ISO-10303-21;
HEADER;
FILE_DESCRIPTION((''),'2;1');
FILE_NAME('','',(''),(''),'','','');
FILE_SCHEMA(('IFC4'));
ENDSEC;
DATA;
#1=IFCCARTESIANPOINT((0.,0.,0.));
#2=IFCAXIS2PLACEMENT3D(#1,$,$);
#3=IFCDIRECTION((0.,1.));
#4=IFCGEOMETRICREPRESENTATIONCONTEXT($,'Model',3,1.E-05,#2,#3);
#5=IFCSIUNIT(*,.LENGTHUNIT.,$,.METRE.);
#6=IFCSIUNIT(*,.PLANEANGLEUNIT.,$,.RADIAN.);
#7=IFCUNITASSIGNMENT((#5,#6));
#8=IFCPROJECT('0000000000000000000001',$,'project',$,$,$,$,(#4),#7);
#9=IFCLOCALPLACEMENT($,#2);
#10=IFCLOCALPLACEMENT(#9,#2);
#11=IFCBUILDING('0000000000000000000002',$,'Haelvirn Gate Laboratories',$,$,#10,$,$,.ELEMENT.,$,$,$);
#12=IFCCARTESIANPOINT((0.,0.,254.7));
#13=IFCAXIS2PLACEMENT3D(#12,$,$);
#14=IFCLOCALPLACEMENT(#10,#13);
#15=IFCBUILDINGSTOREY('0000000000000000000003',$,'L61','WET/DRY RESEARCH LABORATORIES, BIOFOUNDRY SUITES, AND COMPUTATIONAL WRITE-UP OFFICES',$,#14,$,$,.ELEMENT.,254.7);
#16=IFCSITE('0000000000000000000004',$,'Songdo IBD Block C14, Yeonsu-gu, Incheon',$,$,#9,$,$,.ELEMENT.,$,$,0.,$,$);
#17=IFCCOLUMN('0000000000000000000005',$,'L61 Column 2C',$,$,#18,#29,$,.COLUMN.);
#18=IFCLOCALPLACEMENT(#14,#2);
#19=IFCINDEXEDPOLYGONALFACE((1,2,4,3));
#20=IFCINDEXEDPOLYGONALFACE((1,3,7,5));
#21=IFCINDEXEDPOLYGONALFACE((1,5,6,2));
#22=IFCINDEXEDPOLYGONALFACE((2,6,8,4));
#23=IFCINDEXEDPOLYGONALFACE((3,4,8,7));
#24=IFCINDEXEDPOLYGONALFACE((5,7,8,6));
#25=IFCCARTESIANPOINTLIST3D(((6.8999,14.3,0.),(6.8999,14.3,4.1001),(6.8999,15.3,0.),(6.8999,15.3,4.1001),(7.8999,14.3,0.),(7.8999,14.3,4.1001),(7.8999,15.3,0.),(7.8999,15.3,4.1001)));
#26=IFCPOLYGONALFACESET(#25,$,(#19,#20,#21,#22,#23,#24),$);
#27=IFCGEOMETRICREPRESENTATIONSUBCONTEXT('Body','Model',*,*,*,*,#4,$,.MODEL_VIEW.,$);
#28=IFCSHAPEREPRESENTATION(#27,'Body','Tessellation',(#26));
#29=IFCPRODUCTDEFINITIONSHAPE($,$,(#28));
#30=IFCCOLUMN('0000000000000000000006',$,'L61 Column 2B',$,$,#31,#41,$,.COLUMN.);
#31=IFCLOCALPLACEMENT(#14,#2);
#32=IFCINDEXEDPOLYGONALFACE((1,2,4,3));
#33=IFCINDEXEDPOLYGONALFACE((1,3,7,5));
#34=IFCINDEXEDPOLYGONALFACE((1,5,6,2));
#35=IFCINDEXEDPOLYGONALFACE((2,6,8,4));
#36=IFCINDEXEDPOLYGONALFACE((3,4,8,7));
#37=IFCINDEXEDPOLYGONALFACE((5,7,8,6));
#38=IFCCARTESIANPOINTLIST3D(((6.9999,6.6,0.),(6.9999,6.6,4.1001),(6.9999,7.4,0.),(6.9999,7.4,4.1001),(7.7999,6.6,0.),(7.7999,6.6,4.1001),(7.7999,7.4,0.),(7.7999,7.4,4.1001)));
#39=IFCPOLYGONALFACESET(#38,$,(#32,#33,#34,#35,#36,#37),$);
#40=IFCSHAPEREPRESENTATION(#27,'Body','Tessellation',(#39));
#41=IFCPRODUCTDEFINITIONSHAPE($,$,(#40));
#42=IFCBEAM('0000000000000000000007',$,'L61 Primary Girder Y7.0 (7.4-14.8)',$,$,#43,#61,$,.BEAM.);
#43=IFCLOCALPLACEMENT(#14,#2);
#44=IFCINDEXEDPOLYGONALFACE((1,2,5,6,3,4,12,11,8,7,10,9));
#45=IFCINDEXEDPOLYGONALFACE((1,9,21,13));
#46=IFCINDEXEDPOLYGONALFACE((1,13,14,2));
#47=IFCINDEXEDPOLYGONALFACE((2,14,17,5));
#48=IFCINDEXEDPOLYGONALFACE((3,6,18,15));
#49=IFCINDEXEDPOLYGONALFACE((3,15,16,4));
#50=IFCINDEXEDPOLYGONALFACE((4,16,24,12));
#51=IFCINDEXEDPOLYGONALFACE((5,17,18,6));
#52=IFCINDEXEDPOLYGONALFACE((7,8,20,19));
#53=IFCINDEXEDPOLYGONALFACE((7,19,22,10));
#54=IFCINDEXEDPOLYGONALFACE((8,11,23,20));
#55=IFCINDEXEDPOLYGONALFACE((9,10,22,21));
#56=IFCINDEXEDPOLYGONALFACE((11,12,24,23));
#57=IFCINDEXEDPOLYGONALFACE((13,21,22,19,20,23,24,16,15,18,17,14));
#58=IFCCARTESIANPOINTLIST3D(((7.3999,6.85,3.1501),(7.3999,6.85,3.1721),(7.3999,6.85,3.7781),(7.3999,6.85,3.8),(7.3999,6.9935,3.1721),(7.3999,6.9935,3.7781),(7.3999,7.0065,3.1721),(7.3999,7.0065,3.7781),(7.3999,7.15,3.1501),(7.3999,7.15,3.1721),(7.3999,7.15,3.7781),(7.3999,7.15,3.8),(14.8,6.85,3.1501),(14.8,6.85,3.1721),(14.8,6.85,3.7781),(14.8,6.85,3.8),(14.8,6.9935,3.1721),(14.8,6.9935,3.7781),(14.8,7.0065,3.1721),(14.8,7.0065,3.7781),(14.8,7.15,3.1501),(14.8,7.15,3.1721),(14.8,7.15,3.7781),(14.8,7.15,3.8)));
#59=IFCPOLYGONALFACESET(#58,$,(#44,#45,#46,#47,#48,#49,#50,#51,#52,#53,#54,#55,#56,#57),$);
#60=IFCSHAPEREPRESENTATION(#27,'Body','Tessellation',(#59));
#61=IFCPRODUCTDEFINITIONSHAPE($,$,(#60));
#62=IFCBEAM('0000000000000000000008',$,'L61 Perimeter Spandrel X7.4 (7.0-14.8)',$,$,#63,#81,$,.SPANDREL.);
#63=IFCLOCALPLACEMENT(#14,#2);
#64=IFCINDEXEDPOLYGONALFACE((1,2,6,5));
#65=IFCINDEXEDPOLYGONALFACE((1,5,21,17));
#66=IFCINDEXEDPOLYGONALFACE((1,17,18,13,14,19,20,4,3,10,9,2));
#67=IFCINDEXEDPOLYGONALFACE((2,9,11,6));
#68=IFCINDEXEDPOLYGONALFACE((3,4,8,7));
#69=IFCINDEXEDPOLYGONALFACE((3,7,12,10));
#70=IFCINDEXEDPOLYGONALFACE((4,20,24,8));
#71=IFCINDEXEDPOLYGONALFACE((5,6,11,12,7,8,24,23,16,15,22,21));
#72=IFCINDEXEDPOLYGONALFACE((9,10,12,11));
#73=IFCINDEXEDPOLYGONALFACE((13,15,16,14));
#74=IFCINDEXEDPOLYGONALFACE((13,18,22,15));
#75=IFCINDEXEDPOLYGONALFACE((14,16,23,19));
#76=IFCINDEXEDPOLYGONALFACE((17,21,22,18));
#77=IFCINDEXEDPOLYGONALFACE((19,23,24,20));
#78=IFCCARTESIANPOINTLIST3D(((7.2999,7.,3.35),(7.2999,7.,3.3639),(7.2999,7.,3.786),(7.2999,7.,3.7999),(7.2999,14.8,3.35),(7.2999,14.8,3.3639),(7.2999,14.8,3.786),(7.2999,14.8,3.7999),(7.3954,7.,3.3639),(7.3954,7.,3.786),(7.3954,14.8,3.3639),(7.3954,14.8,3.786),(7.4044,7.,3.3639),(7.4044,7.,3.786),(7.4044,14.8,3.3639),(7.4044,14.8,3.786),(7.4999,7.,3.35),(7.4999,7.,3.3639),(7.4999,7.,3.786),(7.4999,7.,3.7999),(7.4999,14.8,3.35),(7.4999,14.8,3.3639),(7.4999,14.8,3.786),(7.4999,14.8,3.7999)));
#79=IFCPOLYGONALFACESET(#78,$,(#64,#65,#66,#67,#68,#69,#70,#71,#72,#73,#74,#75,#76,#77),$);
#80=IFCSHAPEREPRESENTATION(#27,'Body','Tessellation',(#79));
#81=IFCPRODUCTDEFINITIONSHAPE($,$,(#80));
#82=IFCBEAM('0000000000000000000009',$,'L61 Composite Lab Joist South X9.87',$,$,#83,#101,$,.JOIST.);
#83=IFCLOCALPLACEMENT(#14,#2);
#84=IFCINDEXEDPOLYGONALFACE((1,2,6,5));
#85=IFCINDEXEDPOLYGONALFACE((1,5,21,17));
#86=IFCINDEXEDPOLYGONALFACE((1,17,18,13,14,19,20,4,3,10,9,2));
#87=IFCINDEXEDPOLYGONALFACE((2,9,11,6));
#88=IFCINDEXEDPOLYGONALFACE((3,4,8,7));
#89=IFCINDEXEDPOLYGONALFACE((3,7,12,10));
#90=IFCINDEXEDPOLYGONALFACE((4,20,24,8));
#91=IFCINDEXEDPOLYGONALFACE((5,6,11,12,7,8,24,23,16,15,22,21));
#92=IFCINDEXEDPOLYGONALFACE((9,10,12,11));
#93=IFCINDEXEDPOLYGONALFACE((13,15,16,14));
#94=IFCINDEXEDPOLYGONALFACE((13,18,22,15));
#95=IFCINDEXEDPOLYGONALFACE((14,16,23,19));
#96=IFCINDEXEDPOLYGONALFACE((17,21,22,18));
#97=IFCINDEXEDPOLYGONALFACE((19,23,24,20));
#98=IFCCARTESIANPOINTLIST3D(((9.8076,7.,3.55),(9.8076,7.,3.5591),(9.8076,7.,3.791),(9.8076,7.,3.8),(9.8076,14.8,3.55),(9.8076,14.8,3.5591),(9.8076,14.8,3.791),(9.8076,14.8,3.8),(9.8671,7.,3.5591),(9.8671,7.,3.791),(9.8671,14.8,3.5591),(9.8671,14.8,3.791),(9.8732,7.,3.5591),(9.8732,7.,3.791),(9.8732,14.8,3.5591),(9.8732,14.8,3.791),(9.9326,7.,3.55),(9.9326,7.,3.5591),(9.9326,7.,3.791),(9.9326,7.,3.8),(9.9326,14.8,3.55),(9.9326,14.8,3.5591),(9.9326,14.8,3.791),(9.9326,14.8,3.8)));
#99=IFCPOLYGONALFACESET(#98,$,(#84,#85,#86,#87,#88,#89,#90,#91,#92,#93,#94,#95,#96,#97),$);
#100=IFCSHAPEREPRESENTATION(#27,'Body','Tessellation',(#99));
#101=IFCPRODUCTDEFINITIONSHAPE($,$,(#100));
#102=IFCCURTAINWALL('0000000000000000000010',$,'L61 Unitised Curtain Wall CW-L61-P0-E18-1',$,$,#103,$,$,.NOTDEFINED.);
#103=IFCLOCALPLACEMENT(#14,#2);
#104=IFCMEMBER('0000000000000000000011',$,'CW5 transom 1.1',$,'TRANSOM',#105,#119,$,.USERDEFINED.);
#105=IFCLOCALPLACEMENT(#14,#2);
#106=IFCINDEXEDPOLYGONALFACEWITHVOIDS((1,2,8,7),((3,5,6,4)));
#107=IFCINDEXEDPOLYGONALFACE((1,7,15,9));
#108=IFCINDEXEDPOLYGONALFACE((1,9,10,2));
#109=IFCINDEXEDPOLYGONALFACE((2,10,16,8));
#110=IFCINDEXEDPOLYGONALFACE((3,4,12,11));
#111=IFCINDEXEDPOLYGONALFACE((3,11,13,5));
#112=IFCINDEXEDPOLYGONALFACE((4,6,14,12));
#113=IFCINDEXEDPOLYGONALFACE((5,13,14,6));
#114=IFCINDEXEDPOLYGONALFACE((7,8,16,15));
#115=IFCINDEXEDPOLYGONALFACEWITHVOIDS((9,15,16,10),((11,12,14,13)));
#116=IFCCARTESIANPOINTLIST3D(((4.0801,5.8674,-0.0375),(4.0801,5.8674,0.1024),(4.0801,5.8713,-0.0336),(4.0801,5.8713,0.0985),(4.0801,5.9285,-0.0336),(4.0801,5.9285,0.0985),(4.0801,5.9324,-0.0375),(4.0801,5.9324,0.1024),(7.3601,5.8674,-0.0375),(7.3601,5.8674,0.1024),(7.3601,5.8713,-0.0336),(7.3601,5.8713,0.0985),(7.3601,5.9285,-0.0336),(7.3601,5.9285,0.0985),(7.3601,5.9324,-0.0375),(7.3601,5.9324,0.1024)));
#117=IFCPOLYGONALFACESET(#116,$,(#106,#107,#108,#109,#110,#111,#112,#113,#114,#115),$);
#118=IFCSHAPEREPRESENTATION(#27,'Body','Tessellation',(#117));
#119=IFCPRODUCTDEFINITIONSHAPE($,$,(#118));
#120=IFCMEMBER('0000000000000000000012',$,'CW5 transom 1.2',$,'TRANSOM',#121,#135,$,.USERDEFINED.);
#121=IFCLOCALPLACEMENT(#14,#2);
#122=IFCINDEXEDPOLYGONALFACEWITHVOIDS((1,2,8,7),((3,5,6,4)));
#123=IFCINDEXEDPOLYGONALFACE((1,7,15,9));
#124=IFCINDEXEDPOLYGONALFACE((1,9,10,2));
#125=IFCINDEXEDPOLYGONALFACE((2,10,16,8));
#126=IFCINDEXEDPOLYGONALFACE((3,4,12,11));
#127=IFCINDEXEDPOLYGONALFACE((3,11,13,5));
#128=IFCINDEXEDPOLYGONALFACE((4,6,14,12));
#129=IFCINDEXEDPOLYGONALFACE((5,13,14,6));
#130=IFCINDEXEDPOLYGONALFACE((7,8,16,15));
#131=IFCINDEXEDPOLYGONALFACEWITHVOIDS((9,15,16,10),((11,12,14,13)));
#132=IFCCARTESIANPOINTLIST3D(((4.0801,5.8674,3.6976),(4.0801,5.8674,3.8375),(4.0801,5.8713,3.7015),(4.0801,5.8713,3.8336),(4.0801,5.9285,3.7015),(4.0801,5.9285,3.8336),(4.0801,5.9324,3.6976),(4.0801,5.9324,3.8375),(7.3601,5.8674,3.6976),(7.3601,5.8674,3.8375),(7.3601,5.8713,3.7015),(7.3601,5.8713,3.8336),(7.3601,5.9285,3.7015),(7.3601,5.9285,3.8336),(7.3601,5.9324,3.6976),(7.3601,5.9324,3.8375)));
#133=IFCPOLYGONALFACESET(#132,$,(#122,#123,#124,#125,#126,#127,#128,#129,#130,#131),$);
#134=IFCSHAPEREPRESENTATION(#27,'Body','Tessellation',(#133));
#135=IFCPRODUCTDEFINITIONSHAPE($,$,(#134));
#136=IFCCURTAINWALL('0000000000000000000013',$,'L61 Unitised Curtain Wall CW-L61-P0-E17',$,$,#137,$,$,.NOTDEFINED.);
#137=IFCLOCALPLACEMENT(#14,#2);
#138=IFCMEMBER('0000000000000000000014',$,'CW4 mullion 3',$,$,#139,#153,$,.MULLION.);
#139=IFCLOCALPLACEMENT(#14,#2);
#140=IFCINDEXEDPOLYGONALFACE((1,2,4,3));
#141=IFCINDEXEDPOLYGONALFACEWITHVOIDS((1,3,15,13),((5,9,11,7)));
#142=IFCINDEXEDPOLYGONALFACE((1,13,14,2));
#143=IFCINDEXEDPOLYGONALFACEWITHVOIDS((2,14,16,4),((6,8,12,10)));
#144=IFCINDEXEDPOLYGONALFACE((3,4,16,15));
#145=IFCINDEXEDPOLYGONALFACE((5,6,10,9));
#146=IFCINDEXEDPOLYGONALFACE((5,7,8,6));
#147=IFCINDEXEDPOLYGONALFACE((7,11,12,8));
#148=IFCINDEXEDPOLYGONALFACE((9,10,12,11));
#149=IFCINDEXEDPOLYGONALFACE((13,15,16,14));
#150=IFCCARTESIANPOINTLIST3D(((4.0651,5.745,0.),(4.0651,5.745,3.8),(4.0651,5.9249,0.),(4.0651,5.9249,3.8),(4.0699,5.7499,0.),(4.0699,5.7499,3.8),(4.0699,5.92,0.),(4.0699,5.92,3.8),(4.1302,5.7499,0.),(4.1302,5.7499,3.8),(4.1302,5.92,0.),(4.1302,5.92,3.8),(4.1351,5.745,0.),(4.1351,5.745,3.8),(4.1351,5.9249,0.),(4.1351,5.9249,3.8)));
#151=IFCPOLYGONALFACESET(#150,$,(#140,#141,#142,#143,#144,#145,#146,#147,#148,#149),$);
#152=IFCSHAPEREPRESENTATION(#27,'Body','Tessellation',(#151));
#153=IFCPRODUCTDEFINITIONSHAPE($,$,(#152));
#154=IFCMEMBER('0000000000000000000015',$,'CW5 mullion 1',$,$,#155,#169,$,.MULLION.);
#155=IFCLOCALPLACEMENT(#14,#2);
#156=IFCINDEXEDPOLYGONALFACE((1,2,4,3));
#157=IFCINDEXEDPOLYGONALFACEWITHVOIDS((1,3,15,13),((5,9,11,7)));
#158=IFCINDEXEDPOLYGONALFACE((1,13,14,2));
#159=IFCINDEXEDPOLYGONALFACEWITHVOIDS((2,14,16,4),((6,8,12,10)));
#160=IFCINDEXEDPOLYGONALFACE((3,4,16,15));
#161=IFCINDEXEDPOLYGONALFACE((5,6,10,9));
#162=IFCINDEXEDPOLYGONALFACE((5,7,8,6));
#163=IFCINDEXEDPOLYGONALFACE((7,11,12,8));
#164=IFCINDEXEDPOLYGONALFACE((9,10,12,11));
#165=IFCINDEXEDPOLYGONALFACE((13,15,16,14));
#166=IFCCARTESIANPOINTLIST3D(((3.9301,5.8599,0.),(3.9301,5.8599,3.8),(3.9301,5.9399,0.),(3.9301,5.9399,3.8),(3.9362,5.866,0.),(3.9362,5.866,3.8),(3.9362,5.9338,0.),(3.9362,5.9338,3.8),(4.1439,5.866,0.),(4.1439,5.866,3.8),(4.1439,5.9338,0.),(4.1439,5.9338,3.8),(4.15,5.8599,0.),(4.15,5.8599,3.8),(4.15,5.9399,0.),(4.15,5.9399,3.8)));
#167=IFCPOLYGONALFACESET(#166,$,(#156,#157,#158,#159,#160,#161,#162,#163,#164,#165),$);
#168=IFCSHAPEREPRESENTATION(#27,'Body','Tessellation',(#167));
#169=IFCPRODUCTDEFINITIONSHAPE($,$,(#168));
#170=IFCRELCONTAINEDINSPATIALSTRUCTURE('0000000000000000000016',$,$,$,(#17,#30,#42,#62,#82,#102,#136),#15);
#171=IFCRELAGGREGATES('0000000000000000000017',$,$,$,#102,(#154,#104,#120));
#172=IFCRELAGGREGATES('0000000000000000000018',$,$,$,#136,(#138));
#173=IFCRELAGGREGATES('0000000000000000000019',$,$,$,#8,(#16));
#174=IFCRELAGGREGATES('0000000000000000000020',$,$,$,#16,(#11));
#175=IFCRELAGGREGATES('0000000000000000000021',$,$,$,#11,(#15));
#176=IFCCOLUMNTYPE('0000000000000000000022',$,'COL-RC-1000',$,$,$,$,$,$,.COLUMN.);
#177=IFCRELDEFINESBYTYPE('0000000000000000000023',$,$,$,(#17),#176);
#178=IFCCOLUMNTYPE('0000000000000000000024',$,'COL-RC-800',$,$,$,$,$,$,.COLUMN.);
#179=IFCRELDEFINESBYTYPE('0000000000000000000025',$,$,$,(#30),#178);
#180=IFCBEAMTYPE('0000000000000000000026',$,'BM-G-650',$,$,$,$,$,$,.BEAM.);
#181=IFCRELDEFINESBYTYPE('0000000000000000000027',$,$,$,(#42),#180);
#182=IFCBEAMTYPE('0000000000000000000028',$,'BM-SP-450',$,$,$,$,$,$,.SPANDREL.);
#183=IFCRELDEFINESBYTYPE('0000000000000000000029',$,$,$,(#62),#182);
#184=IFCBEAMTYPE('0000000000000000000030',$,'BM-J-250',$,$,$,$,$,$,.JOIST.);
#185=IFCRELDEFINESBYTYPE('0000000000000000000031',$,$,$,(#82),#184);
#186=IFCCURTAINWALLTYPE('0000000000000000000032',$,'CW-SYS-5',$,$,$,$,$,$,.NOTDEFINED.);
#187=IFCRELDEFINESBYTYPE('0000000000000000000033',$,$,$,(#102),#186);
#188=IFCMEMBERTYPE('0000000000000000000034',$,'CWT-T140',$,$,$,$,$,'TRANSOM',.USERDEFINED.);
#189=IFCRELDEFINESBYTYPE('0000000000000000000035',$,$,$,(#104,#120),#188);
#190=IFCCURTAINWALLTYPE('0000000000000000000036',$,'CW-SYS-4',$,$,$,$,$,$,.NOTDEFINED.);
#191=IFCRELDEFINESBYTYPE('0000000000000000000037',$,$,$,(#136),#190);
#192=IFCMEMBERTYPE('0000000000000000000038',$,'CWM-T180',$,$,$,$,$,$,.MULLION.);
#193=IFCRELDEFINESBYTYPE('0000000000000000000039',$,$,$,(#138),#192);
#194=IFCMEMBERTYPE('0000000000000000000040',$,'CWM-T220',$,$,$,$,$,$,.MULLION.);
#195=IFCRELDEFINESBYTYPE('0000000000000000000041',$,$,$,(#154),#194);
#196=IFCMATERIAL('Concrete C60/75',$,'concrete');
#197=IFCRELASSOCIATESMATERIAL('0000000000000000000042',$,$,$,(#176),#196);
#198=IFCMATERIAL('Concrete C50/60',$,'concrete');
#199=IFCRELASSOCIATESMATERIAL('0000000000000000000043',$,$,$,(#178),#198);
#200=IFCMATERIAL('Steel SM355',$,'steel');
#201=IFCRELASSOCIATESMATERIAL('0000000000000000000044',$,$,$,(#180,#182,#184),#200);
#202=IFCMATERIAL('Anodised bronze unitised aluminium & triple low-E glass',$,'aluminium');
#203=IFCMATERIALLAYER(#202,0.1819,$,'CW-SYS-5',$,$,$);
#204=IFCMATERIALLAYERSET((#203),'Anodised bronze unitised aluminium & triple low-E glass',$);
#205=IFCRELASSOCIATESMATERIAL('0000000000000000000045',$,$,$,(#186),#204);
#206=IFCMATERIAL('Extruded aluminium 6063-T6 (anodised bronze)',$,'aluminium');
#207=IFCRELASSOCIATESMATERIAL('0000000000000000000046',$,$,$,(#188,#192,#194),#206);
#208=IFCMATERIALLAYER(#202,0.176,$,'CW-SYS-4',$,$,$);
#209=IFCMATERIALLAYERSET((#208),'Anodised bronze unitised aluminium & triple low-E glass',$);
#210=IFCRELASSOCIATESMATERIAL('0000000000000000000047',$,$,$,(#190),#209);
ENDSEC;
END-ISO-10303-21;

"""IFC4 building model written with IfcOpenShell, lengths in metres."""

from ifc_helpers import new_model, si_unit, direction, frame, origin, origin_2d, place, context, subcontext, project, spatial, rectangle, hollow_rectangle, i_section, extrude, source, transform, mapped, material, layer, layer_set, material_profile, profile_set, type_object, type_shapes, element, aggregate, save


model = new_model("IFC4")

# Units and contexts
model_context = context("Model", 3, precision=1e-05, world=origin(), true_north=direction((0.0, 1.0)))
body_context = subcontext(model_context, "Body", "Model", "MODEL_VIEW")
ifc_project = project(units=[si_unit("LENGTHUNIT", "METRE"), si_unit("PLANEANGLEUNIT", "RADIAN")], contexts=[model_context])

# Site, building, storey
site_placement = place(None, origin())
site = spatial("IfcSite", under=ifc_project, at=site_placement, Name="Songdo IBD Block C14, Yeonsu-gu, Incheon", CompositionType="ELEMENT", RefElevation=0.0)
building_placement = place(site_placement, origin())
building = spatial("IfcBuilding", under=site, at=building_placement, Name="Haelvirn Gate Laboratories", CompositionType="ELEMENT")
storey_placement = place(building_placement, frame((0.0, 0.0, 254.7)))
storey = spatial("IfcBuildingStorey", under=building, at=storey_placement, Name="L61", Description="WET/DRY RESEARCH LABORATORIES, BIOFOUNDRY SUITES, AND COMPUTATIONAL WRITE-UP OFFICES", CompositionType="ELEMENT", Elevation=254.7)

# Columns
ifc_material_1 = material(Name="Concrete C60/75", Category="concrete")
ifc_material_profile_1 = material_profile(ifc_material_1, rectangle(XDim=1.0, YDim=1.0, at=origin_2d()), Name="RC-1000x1000")
ifc_profile_set_1 = profile_set([ifc_material_profile_1], Name="Concrete C60/75")
column_type_1 = type_object("IfcColumnType", Name="COL-RC-1000", PredefinedType="COLUMN", material=ifc_profile_set_1)
shared_shape_1 = source(origin(), body_context, "Body", "SweptSolid", [
    extrude(rectangle(XDim=1.0, YDim=1.0, at=origin_2d()), origin(), (0.0, 0.0, 1.0), 4.1001),
])
type_shapes(column_type_1, [shared_shape_1])
column_1_placement = place(storey_placement, frame((7.3999, 14.8, 0.0), z_axis=(0.0, 0.0, 1.0), x_axis=(1.0, 0.0, 0.0)))
element("IfcColumn", 1, at=column_1_placement, inside=storey, type_object=column_type_1, Name="L61 Column 2C", PredefinedType="COLUMN", context=body_context, shape_type="MappedRepresentation", body=[
    mapped(shared_shape_1, transform((0.0, 0.0, 0.0), scale=1.0)),
])
ifc_material_2 = material(Name="Concrete C50/60", Category="concrete")
ifc_material_profile_2 = material_profile(ifc_material_2, rectangle(XDim=0.8, YDim=0.8, at=origin_2d()), Name="RC-800x800")
ifc_profile_set_2 = profile_set([ifc_material_profile_2], Name="Concrete C50/60")
column_type_2 = type_object("IfcColumnType", Name="COL-RC-800", PredefinedType="COLUMN", material=ifc_profile_set_2)
shared_shape_2 = source(origin(), body_context, "Body", "SweptSolid", [
    extrude(rectangle(XDim=0.8, YDim=0.8, at=origin_2d()), origin(), (0.0, 0.0, 1.0), 4.1001),
])
type_shapes(column_type_2, [shared_shape_2])
column_2_placement = place(storey_placement, frame((7.3999, 7.0, 0.0), z_axis=(0.0, 0.0, 1.0), x_axis=(1.0, 0.0, 0.0)))
element("IfcColumn", 2, at=column_2_placement, inside=storey, type_object=column_type_2, Name="L61 Column 2B", PredefinedType="COLUMN", context=body_context, shape_type="MappedRepresentation", body=[
    mapped(shared_shape_2, transform((0.0, 0.0, 0.0), scale=1.0)),
])

# Beams
ifc_material_3 = material(Name="Steel SM355", Category="steel")
ifc_material_profile_3 = material_profile(ifc_material_3, i_section(OverallWidth=0.3, OverallDepth=0.6499, WebThickness=0.0129, FlangeThickness=0.022, at=origin_2d()), Name="H-650x300x13x22")
ifc_profile_set_3 = profile_set([ifc_material_profile_3], Name="Steel SM355")
beam_type_1 = type_object("IfcBeamType", Name="BM-G-650", PredefinedType="BEAM", material=ifc_profile_set_3)
shared_shape_3 = source(origin(), body_context, "Body", "SweptSolid", [
    extrude(i_section(OverallWidth=0.3, OverallDepth=0.6499, WebThickness=0.0129, FlangeThickness=0.022, at=origin_2d()), origin(), (0.0, 0.0, 1.0), 7.4001),
])
type_shapes(beam_type_1, [shared_shape_3])
beam_1_placement = place(storey_placement, frame((7.3999, 7.0, 3.4751), z_axis=(1.0, 0.0, 0.0), x_axis=(0.0, 1.0, 0.0)))
element("IfcBeam", 3, at=beam_1_placement, inside=storey, type_object=beam_type_1, Name="L61 Primary Girder Y7.0 (7.4-14.8)", PredefinedType="BEAM", context=body_context, shape_type="MappedRepresentation", body=[
    mapped(shared_shape_3, transform((0.0, 0.0, 0.0), scale=1.0)),
])
ifc_material_profile_4 = material_profile(ifc_material_3, i_section(OverallWidth=0.2, OverallDepth=0.45, WebThickness=0.009, FlangeThickness=0.0139, at=origin_2d()), Name="H-450x200x9x14")
ifc_profile_set_4 = profile_set([ifc_material_profile_4], Name="Steel SM355")
beam_type_2 = type_object("IfcBeamType", Name="BM-SP-450", PredefinedType="SPANDREL", material=ifc_profile_set_4)
shared_shape_4 = source(origin(), body_context, "Body", "SweptSolid", [
    extrude(i_section(OverallWidth=0.2, OverallDepth=0.45, WebThickness=0.009, FlangeThickness=0.0139, at=origin_2d()), origin(), (0.0, 0.0, 1.0), 7.8),
])
type_shapes(beam_type_2, [shared_shape_4])
beam_2_placement = place(storey_placement, frame((7.3999, 7.0, 3.575), z_axis=(0.0, 1.0, 0.0), x_axis=(-1.0, 0.0, 0.0)))
element("IfcBeam", 4, at=beam_2_placement, inside=storey, type_object=beam_type_2, Name="L61 Perimeter Spandrel X7.4 (7.0-14.8)", PredefinedType="SPANDREL", context=body_context, shape_type="MappedRepresentation", body=[
    mapped(shared_shape_4, transform((0.0, 0.0, 0.0), scale=1.0)),
])
ifc_material_profile_5 = material_profile(ifc_material_3, i_section(OverallWidth=0.125, OverallDepth=0.25, WebThickness=0.0061, FlangeThickness=0.009, at=origin_2d()), Name="H-250x125x6x9")
ifc_profile_set_5 = profile_set([ifc_material_profile_5], Name="Steel SM355")
beam_type_3 = type_object("IfcBeamType", Name="BM-J-250", PredefinedType="JOIST", material=ifc_profile_set_5)
shared_shape_5 = source(origin(), body_context, "Body", "SweptSolid", [
    extrude(i_section(OverallWidth=0.125, OverallDepth=0.25, WebThickness=0.0061, FlangeThickness=0.009, at=origin_2d()), origin(), (0.0, 0.0, 1.0), 7.8),
])
type_shapes(beam_type_3, [shared_shape_5])
beam_3_placement = place(storey_placement, frame((9.8701, 7.0, 3.675), z_axis=(0.0, 1.0, 0.0), x_axis=(-1.0, 0.0, 0.0)))
element("IfcBeam", 5, at=beam_3_placement, inside=storey, type_object=beam_type_3, Name="L61 Composite Lab Joist South X9.87", PredefinedType="JOIST", context=body_context, shape_type="MappedRepresentation", body=[
    mapped(shared_shape_5, transform((0.0, 0.0, 0.0), scale=1.0)),
])

# Curtain wall, members
ifc_material_4 = material(Name="Anodised bronze unitised aluminium & triple low-E glass", Category="aluminium")
ifc_layer_1 = layer(ifc_material_4, 0.1819, Name="CW-SYS-5")
ifc_layer_set_1 = layer_set([ifc_layer_1], Name="Anodised bronze unitised aluminium & triple low-E glass")
curtain_wall_type_1 = type_object("IfcCurtainWallType", Name="CW-SYS-5", PredefinedType="NOTDEFINED", material=ifc_layer_set_1)
curtain_wall_1_placement = place(storey_placement, origin())
curtain_wall_1 = element("IfcCurtainWall", 6, at=curtain_wall_1_placement, inside=storey, type_object=curtain_wall_type_1, Name="L61 Unitised Curtain Wall CW-L61-P0-E18-1", PredefinedType="NOTDEFINED")
ifc_material_5 = material(Name="Extruded aluminium 6063-T6 (anodised bronze)", Category="aluminium")
ifc_material_profile_6 = material_profile(ifc_material_5, hollow_rectangle(XDim=0.0649, YDim=0.1399, WallThickness=0.0039, at=origin_2d()), Name="CWT-140x65x4")
ifc_profile_set_6 = profile_set([ifc_material_profile_6], Name="Extruded aluminium 6063-T6 (anodised bronze)")
member_type_1 = type_object("IfcMemberType", Name="CWT-T140", ElementType="TRANSOM", PredefinedType="USERDEFINED", material=ifc_profile_set_6)
shared_shape_6 = source(origin(), body_context, "Body", "SweptSolid", [
    extrude(hollow_rectangle(XDim=0.0649, YDim=0.1399, WallThickness=0.0039, at=origin_2d()), origin(), (0.0, 0.0, 1.0), 3.28),
])
type_shapes(member_type_1, [shared_shape_6])
member_1_placement = place(storey_placement, frame((4.0801, 5.8999, 0.0325), z_axis=(1.0, 0.0, 0.0), x_axis=(0.0, 1.0, 0.0)))
member_1 = element("IfcMember", 7, at=member_1_placement, type_object=member_type_1, Name="CW5 transom 1.1", ObjectType="TRANSOM", PredefinedType="USERDEFINED", context=body_context, shape_type="MappedRepresentation", body=[
    mapped(shared_shape_6, transform((0.0, 0.0, 0.0), scale=1.0)),
])
member_2_placement = place(storey_placement, frame((4.0801, 5.8999, 3.7676), z_axis=(1.0, 0.0, 0.0), x_axis=(0.0, 1.0, 0.0)))
member_2 = element("IfcMember", 8, at=member_2_placement, type_object=member_type_1, Name="CW5 transom 1.2", ObjectType="TRANSOM", PredefinedType="USERDEFINED", context=body_context, shape_type="MappedRepresentation", body=[
    mapped(shared_shape_6, transform((0.0, 0.0, 0.0), scale=1.0)),
])

# Curtain wall, member
ifc_layer_2 = layer(ifc_material_4, 0.176, Name="CW-SYS-4")
ifc_layer_set_2 = layer_set([ifc_layer_2], Name="Anodised bronze unitised aluminium & triple low-E glass")
curtain_wall_type_2 = type_object("IfcCurtainWallType", Name="CW-SYS-4", PredefinedType="NOTDEFINED", material=ifc_layer_set_2)
curtain_wall_2_placement = place(storey_placement, origin())
curtain_wall_2 = element("IfcCurtainWall", 9, at=curtain_wall_2_placement, inside=storey, type_object=curtain_wall_type_2, Name="L61 Unitised Curtain Wall CW-L61-P0-E17", PredefinedType="NOTDEFINED")
ifc_material_profile_7 = material_profile(ifc_material_5, hollow_rectangle(XDim=0.0701, YDim=0.1799, WallThickness=0.0049, at=origin_2d()), Name="CWM-180x70x5")
ifc_profile_set_7 = profile_set([ifc_material_profile_7], Name="Extruded aluminium 6063-T6 (anodised bronze)")
member_type_2 = type_object("IfcMemberType", Name="CWM-T180", PredefinedType="MULLION", material=ifc_profile_set_7)
shared_shape_7 = source(origin(), body_context, "Body", "SweptSolid", [
    extrude(hollow_rectangle(XDim=0.0701, YDim=0.1799, WallThickness=0.0049, at=origin_2d()), origin(), (0.0, 0.0, 1.0), 3.8),
])
type_shapes(member_type_2, [shared_shape_7])
member_3_placement = place(storey_placement, frame((4.1001, 5.835, 0.0), z_axis=(0.0, 0.0, 1.0), x_axis=(1.0, 0.0, 0.0)))
member_3 = element("IfcMember", 10, at=member_3_placement, type_object=member_type_2, Name="CW4 mullion 3", PredefinedType="MULLION", context=body_context, shape_type="MappedRepresentation", body=[
    mapped(shared_shape_7, transform((0.0, 0.0, 0.0), scale=1.0)),
])

# Member
ifc_material_profile_8 = material_profile(ifc_material_5, hollow_rectangle(XDim=0.0801, YDim=0.22, WallThickness=0.0061, at=origin_2d()), Name="CWM-220x80x6")
ifc_profile_set_8 = profile_set([ifc_material_profile_8], Name="Extruded aluminium 6063-T6 (anodised bronze)")
member_type_3 = type_object("IfcMemberType", Name="CWM-T220", PredefinedType="MULLION", material=ifc_profile_set_8)
shared_shape_8 = source(origin(), body_context, "Body", "SweptSolid", [
    extrude(hollow_rectangle(XDim=0.0801, YDim=0.22, WallThickness=0.0061, at=origin_2d()), origin(), (0.0, 0.0, 1.0), 3.8),
])
type_shapes(member_type_3, [shared_shape_8])
member_4_placement = place(storey_placement, frame((4.04, 5.8999, 0.0), z_axis=(0.0, 0.0, 1.0), x_axis=(0.0, 1.0, 0.0)))
member_4 = element("IfcMember", 11, at=member_4_placement, type_object=member_type_3, Name="CW5 mullion 1", PredefinedType="MULLION", context=body_context, shape_type="MappedRepresentation", body=[
    mapped(shared_shape_8, transform((0.0, 0.0, 0.0), scale=1.0)),
])

aggregate(curtain_wall_1, [member_4, member_1, member_2])
aggregate(curtain_wall_2, [member_3])

save(model, "model.ifc")
